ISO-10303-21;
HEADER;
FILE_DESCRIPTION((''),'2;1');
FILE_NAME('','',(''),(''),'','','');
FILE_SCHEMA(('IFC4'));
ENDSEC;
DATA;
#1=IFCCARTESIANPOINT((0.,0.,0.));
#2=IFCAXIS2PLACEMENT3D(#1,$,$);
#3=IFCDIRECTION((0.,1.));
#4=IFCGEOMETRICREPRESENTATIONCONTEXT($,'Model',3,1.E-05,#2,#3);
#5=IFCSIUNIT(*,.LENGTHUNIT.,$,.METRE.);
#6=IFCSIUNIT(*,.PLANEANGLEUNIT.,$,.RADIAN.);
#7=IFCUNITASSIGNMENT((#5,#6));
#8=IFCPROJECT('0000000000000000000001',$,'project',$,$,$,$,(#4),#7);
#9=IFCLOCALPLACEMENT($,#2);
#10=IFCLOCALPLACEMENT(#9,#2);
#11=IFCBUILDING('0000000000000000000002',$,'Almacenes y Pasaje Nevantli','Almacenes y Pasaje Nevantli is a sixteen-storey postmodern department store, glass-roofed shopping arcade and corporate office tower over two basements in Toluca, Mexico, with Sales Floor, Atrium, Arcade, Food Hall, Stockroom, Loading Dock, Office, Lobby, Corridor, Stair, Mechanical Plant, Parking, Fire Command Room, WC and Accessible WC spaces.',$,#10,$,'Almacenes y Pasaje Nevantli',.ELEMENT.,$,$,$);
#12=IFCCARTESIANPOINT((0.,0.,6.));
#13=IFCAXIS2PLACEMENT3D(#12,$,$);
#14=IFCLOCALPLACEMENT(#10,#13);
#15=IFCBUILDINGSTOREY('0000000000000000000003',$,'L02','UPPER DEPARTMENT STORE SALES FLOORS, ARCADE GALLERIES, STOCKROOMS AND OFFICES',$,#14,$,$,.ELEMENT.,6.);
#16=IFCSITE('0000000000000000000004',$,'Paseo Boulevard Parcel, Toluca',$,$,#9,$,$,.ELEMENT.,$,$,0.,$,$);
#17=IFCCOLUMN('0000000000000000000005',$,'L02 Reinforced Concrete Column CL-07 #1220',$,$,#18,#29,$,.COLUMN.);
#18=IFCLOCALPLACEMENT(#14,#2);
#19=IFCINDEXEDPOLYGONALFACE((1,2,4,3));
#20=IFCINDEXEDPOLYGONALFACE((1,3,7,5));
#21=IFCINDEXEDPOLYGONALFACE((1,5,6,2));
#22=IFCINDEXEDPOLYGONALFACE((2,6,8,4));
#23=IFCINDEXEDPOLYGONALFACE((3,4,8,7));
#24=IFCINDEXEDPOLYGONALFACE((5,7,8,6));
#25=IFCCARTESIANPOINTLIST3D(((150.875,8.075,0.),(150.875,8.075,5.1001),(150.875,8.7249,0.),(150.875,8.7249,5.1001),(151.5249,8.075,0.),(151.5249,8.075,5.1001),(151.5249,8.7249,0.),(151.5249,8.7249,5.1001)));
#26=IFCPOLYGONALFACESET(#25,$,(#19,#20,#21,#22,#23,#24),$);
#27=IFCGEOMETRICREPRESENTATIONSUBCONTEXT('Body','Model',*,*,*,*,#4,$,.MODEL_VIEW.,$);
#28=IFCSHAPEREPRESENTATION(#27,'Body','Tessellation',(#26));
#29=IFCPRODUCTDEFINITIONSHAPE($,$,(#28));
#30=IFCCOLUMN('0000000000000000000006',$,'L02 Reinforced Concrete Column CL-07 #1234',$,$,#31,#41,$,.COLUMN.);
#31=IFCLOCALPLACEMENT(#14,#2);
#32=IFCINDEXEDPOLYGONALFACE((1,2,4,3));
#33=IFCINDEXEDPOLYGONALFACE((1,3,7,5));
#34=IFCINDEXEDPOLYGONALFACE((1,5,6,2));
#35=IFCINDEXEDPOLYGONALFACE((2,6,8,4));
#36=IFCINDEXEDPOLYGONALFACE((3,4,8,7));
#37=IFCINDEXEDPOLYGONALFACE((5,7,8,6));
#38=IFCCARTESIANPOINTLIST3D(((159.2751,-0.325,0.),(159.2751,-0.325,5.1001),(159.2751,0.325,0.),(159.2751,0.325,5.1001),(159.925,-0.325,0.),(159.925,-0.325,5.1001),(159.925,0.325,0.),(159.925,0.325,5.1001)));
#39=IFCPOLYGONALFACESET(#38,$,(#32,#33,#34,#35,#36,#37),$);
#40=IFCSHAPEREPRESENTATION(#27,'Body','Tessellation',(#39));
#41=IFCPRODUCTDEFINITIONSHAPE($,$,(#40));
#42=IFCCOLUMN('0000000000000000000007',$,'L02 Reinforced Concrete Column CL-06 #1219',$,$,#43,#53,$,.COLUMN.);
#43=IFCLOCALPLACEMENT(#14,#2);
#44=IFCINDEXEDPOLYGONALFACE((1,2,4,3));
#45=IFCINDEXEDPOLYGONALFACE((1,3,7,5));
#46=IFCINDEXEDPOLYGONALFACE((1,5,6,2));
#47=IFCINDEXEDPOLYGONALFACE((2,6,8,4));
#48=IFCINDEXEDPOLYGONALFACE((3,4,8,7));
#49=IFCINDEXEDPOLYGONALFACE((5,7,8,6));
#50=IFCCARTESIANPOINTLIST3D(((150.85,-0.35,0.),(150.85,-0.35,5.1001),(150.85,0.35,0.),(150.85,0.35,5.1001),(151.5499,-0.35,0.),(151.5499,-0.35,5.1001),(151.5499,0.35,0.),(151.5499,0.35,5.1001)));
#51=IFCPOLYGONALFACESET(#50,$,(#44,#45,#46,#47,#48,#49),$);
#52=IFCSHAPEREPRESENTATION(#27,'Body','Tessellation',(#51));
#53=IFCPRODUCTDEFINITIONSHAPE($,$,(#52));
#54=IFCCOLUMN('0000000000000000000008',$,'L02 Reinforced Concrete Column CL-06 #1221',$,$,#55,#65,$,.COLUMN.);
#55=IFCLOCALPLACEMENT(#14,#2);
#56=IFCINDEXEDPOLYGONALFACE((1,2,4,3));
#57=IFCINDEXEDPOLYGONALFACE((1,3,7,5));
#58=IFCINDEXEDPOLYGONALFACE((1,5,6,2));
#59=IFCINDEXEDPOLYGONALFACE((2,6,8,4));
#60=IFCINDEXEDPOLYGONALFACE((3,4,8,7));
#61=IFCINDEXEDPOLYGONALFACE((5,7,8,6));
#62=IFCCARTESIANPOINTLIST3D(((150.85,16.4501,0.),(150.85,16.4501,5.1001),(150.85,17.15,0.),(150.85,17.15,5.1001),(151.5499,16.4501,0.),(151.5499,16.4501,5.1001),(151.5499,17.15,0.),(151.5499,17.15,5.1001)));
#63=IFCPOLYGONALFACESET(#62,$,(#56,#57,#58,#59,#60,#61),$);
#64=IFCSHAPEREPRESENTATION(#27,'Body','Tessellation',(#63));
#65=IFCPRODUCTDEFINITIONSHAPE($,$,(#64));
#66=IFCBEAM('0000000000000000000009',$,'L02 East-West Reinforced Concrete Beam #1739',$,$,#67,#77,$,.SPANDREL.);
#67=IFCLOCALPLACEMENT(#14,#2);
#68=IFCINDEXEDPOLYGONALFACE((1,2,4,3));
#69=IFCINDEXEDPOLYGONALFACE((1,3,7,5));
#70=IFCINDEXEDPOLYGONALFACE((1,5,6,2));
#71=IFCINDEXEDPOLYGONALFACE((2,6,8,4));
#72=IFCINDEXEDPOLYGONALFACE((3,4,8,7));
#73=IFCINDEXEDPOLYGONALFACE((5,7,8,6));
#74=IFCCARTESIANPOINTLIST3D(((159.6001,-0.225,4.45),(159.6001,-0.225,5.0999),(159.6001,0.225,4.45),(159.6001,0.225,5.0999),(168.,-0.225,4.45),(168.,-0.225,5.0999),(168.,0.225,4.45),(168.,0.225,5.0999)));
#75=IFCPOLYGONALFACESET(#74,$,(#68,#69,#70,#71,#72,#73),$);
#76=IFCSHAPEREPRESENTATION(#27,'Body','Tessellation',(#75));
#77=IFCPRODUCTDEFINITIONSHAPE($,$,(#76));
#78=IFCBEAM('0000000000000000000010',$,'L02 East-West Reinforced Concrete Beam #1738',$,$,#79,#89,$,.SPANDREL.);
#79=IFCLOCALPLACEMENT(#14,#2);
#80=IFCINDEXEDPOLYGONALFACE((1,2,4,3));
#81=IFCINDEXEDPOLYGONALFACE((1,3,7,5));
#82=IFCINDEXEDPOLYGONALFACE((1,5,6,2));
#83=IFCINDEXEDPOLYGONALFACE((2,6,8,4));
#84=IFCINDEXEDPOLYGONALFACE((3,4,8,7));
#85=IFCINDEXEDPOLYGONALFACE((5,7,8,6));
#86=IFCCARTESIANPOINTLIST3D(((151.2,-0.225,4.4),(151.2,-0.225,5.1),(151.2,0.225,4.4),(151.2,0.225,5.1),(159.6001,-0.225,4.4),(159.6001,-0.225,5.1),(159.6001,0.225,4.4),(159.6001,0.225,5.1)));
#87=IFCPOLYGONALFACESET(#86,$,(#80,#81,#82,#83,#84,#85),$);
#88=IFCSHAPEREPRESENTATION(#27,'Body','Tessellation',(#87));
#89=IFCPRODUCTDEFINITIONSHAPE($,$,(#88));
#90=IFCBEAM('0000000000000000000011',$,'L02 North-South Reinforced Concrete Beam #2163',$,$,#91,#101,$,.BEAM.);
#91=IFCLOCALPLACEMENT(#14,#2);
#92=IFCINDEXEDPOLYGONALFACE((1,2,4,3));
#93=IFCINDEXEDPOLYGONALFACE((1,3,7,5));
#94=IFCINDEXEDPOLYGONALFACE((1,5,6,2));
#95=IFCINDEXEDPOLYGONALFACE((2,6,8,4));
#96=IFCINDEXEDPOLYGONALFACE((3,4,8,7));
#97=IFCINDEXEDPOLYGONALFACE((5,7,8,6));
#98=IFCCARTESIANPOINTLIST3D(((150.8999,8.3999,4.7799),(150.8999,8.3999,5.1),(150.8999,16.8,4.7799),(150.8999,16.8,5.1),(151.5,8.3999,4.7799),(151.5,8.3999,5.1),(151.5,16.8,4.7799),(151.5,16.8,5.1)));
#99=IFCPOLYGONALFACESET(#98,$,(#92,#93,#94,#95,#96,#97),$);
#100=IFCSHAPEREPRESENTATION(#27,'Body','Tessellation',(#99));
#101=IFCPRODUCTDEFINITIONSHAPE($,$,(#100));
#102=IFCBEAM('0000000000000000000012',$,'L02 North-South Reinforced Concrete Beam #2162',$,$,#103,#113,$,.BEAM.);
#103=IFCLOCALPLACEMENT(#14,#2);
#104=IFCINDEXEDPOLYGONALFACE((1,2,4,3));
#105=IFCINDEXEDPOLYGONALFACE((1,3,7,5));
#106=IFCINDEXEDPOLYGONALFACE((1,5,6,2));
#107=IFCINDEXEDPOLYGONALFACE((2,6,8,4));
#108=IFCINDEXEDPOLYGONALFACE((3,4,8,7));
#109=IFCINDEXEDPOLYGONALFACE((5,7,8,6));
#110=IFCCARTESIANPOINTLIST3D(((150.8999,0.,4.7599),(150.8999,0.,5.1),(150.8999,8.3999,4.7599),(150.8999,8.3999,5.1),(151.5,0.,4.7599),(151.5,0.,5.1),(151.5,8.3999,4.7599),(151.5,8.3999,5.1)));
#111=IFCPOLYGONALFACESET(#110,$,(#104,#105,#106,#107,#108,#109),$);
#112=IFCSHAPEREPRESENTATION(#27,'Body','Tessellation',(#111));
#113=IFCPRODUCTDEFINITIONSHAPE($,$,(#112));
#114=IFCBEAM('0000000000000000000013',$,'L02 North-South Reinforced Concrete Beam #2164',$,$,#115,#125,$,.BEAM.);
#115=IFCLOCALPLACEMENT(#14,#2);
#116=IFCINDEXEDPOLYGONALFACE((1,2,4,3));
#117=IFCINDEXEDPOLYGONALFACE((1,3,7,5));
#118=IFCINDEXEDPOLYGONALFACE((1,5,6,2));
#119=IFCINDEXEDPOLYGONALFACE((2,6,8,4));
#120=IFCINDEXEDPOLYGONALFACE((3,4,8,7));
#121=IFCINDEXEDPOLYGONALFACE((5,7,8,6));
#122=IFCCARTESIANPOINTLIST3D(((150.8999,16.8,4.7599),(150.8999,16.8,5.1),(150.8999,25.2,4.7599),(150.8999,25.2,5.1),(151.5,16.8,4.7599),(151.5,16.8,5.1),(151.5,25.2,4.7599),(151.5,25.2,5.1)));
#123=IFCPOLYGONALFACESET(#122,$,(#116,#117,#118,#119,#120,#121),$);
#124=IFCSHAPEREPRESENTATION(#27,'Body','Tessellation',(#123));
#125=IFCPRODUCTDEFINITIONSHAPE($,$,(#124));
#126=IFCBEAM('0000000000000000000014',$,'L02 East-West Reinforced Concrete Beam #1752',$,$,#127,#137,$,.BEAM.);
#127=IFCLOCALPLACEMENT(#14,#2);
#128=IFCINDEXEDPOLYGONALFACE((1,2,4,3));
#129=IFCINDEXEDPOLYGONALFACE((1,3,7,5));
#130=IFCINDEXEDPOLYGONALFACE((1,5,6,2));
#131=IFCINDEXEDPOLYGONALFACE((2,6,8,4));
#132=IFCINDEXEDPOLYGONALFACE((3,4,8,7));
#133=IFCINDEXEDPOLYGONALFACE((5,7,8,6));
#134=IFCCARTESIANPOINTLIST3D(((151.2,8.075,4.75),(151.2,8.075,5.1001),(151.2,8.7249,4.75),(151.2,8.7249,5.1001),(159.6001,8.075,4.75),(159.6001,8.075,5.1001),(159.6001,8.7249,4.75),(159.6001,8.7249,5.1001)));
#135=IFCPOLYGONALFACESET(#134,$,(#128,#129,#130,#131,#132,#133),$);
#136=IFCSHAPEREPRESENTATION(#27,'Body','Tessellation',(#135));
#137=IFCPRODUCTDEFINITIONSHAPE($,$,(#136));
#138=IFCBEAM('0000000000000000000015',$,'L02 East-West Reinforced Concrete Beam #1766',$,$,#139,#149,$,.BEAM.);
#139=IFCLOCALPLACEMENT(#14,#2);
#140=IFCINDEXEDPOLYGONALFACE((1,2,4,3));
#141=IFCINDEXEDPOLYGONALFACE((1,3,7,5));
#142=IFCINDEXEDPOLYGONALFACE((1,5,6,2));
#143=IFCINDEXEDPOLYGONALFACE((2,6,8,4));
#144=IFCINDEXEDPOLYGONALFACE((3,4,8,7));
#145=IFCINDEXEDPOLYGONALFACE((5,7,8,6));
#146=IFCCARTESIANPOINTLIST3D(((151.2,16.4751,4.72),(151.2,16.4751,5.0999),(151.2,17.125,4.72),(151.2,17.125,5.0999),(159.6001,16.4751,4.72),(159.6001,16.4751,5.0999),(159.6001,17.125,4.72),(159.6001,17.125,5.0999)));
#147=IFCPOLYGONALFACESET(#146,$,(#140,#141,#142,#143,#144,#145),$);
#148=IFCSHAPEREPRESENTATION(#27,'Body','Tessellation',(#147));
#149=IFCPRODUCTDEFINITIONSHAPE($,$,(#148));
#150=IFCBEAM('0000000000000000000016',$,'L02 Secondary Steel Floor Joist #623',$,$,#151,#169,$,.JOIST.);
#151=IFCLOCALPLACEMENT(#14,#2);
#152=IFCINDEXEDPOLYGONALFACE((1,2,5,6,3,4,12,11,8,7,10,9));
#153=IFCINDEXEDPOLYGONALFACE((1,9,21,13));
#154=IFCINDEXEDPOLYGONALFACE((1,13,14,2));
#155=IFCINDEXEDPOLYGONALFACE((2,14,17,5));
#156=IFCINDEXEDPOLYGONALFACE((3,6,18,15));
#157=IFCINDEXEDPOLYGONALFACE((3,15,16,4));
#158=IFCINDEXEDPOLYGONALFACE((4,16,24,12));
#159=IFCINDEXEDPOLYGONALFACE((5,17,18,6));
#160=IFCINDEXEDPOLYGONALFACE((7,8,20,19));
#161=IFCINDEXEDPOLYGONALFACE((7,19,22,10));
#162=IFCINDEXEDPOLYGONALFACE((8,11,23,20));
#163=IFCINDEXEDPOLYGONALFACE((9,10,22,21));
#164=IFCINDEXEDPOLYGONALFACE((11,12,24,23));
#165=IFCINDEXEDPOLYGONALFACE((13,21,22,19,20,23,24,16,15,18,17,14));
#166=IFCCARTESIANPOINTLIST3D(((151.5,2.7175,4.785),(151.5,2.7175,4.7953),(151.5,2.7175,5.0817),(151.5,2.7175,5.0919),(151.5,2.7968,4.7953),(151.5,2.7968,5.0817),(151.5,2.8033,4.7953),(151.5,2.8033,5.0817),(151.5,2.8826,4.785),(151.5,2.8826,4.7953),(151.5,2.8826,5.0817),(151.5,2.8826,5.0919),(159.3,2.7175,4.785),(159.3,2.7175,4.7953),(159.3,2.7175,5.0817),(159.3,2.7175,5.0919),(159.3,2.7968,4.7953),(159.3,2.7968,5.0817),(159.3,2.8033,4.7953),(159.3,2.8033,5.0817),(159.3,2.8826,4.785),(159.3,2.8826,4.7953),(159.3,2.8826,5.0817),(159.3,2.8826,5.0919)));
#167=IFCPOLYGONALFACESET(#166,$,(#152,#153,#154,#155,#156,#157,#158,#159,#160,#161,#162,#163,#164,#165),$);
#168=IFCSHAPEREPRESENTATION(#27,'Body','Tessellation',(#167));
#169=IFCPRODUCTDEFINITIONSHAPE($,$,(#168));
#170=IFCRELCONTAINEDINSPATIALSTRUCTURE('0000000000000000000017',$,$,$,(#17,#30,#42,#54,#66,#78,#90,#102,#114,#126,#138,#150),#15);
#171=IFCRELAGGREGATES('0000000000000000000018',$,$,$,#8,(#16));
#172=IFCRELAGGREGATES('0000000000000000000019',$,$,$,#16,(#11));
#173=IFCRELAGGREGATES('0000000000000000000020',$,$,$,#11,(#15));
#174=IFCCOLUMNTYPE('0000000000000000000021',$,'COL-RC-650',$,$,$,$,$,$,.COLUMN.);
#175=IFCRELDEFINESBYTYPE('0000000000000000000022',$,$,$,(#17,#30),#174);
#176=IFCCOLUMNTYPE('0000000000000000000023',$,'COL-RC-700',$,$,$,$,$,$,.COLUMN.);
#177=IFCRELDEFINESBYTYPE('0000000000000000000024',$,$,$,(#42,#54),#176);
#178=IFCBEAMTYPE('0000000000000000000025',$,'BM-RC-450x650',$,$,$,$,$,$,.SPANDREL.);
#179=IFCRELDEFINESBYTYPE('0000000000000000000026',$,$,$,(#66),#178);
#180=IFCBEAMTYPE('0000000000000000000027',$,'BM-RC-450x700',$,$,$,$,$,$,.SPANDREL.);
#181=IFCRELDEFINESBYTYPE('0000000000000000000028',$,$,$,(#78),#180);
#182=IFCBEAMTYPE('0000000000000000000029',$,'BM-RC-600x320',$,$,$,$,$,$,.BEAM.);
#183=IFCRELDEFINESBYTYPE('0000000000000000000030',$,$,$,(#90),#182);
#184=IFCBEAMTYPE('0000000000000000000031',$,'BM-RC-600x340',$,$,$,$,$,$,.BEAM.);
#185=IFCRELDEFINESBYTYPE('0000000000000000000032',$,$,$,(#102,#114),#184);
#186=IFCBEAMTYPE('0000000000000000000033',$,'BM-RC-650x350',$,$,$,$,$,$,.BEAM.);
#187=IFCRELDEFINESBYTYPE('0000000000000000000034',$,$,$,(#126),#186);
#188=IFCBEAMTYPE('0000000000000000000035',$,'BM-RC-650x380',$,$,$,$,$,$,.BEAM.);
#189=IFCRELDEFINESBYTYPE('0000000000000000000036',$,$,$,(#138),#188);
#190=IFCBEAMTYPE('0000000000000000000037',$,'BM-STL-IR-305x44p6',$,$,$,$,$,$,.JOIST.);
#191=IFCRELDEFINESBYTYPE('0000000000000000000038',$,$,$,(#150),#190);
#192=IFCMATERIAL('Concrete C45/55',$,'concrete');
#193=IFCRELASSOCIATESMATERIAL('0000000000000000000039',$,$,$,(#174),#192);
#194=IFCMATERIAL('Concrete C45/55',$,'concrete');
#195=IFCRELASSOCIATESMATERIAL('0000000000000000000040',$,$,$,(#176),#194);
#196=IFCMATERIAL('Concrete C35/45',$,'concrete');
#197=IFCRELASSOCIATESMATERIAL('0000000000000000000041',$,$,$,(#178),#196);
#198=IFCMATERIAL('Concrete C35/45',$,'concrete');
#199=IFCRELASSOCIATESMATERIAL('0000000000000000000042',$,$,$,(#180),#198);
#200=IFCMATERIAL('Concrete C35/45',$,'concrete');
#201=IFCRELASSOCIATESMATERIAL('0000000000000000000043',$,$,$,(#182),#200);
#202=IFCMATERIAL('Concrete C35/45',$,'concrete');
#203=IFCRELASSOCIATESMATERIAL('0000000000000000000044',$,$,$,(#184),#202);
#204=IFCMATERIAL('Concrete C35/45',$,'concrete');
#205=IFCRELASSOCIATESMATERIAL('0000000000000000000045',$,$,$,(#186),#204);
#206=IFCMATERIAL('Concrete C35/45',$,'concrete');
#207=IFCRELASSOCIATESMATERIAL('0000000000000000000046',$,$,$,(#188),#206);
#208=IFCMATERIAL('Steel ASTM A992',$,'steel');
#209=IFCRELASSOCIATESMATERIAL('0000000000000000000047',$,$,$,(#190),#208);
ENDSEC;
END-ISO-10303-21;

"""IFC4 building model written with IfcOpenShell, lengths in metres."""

from ifc_helpers import new_model, si_unit, direction, frame, origin, origin_2d, place, context, subcontext, project, spatial, rectangle, i_section, extrude, material, material_profile, profile_set, type_object, element, save


model = new_model("IFC4")

# Units and contexts
model_context = context("Model", 3, precision=1e-05, world=origin(), true_north=direction((0.0, 1.0)))
body_context = subcontext(model_context, "Body", "Model", "MODEL_VIEW")
ifc_project = project(units=[si_unit("LENGTHUNIT", "METRE"), si_unit("PLANEANGLEUNIT", "RADIAN")], contexts=[model_context])

# Site, building, storey
site_placement = place(None, origin())
site = spatial("IfcSite", under=ifc_project, at=site_placement, Name="Paseo Boulevard Parcel, Toluca", CompositionType="ELEMENT", RefElevation=0.0)
building_placement = place(site_placement, origin())
building = spatial("IfcBuilding", under=site, at=building_placement, Name="Almacenes y Pasaje Nevantli", Description="Almacenes y Pasaje Nevantli is a sixteen-storey postmodern department store, glass-roofed shopping arcade and corporate office tower over two basements in Toluca, Mexico, with Sales Floor, Atrium, Arcade, Food Hall, Stockroom, Loading Dock, Office, Lobby, Corridor, Stair, Mechanical Plant, Parking, Fire Command Room, WC and Accessible WC spaces.", LongName="Almacenes y Pasaje Nevantli", CompositionType="ELEMENT")
storey_placement = place(building_placement, frame((0.0, 0.0, 6.0)))
storey = spatial("IfcBuildingStorey", under=building, at=storey_placement, Name="L02", Description="UPPER DEPARTMENT STORE SALES FLOORS, ARCADE GALLERIES, STOCKROOMS AND OFFICES", CompositionType="ELEMENT", Elevation=6.0)

# Columns
ifc_material_1 = material(Name="Concrete C45/55", Category="concrete")
ifc_material_profile_1 = material_profile(ifc_material_1, rectangle(XDim=0.6499, YDim=0.6499, at=origin_2d()), Name="RC-COL-650x650")
ifc_profile_set_1 = profile_set([ifc_material_profile_1], Name="Concrete C45/55")
column_type_1 = type_object("IfcColumnType", Name="COL-RC-650", PredefinedType="COLUMN", material=ifc_profile_set_1)
for number, where, z_axis, x_axis, name in (
    (1, (151.2, 8.3999, 0.0), (0.0, 0.0, 1.0), (1.0, 0.0, 0.0), "L02 Reinforced Concrete Column CL-07 #1220"),
    (2, (159.6001, 0.0, 0.0), (0.0, 0.0, 1.0), (1.0, 0.0, 0.0), "L02 Reinforced Concrete Column CL-07 #1234"),
):
    element("IfcColumn", number, at=place(storey_placement, frame(where, z_axis=z_axis, x_axis=x_axis)), inside=storey, type_object=column_type_1, Name=name, PredefinedType="COLUMN", context=body_context, shape_type="SweptSolid", body=[
        extrude(rectangle(XDim=0.6499, YDim=0.6499, at=origin_2d()), origin(), (0.0, 0.0, 1.0), 5.1001),
    ])
ifc_material_2 = material(Name="Concrete C45/55", Category="concrete")
ifc_material_profile_2 = material_profile(ifc_material_2, rectangle(XDim=0.7, YDim=0.7, at=origin_2d()), Name="RC-COL-700x700")
ifc_profile_set_2 = profile_set([ifc_material_profile_2], Name="Concrete C45/55")
column_type_2 = type_object("IfcColumnType", Name="COL-RC-700", PredefinedType="COLUMN", material=ifc_profile_set_2)
for number, where, z_axis, x_axis, name in (
    (3, (151.2, 0.0, 0.0), (0.0, 0.0, 1.0), (1.0, 0.0, 0.0), "L02 Reinforced Concrete Column CL-06 #1219"),
    (4, (151.2, 16.8, 0.0), (0.0, 0.0, 1.0), (1.0, 0.0, 0.0), "L02 Reinforced Concrete Column CL-06 #1221"),
):
    element("IfcColumn", number, at=place(storey_placement, frame(where, z_axis=z_axis, x_axis=x_axis)), inside=storey, type_object=column_type_2, Name=name, PredefinedType="COLUMN", context=body_context, shape_type="SweptSolid", body=[
        extrude(rectangle(XDim=0.7, YDim=0.7, at=origin_2d()), origin(), (0.0, 0.0, 1.0), 5.1001),
    ])

# Beams
ifc_material_3 = material(Name="Concrete C35/45", Category="concrete")
ifc_material_profile_3 = material_profile(ifc_material_3, rectangle(XDim=0.45, YDim=0.6499, at=origin_2d()), Name="RC-BM-450x650")
ifc_profile_set_3 = profile_set([ifc_material_profile_3], Name="Concrete C35/45")
beam_type_1 = type_object("IfcBeamType", Name="BM-RC-450x650", PredefinedType="SPANDREL", material=ifc_profile_set_3)
beam_1_placement = place(storey_placement, frame((159.6001, 0.0, 4.7749), z_axis=(1.0, 0.0, 0.0), x_axis=(0.0, 1.0, 0.0)))
element("IfcBeam", 5, at=beam_1_placement, inside=storey, type_object=beam_type_1, Name="L02 East-West Reinforced Concrete Beam #1739", PredefinedType="SPANDREL", context=body_context, shape_type="SweptSolid", body=[
    extrude(rectangle(XDim=0.45, YDim=0.6499, at=origin_2d()), origin(), (0.0, 0.0, 1.0), 8.3999),
])
ifc_material_4 = material(Name="Concrete C35/45", Category="concrete")
ifc_material_profile_4 = material_profile(ifc_material_4, rectangle(XDim=0.45, YDim=0.7, at=origin_2d()), Name="RC-BM-450x700")
ifc_profile_set_4 = profile_set([ifc_material_profile_4], Name="Concrete C35/45")
beam_type_2 = type_object("IfcBeamType", Name="BM-RC-450x700", PredefinedType="SPANDREL", material=ifc_profile_set_4)
beam_2_placement = place(storey_placement, frame((151.2, 0.0, 4.75), z_axis=(1.0, 0.0, 0.0), x_axis=(0.0, 1.0, 0.0)))
element("IfcBeam", 6, at=beam_2_placement, inside=storey, type_object=beam_type_2, Name="L02 East-West Reinforced Concrete Beam #1738", PredefinedType="SPANDREL", context=body_context, shape_type="SweptSolid", body=[
    extrude(rectangle(XDim=0.45, YDim=0.7, at=origin_2d()), origin(), (0.0, 0.0, 1.0), 8.4001),
])
ifc_material_5 = material(Name="Concrete C35/45", Category="concrete")
ifc_material_profile_5 = material_profile(ifc_material_5, rectangle(XDim=0.6001, YDim=0.3201, at=origin_2d()), Name="RC-BM-600x320")
ifc_profile_set_5 = profile_set([ifc_material_profile_5], Name="Concrete C35/45")
beam_type_3 = type_object("IfcBeamType", Name="BM-RC-600x320", PredefinedType="BEAM", material=ifc_profile_set_5)
beam_3_placement = place(storey_placement, frame((151.2, 8.3999, 4.9399), z_axis=(0.0, 1.0, 0.0), x_axis=(-1.0, 0.0, 0.0)))
element("IfcBeam", 7, at=beam_3_placement, inside=storey, type_object=beam_type_3, Name="L02 North-South Reinforced Concrete Beam #2163", PredefinedType="BEAM", context=body_context, shape_type="SweptSolid", body=[
    extrude(rectangle(XDim=0.6001, YDim=0.3201, at=origin_2d()), origin(), (0.0, 0.0, 1.0), 8.4001),
])
ifc_material_6 = material(Name="Concrete C35/45", Category="concrete")
ifc_material_profile_6 = material_profile(ifc_material_6, rectangle(XDim=0.6001, YDim=0.3401, at=origin_2d()), Name="RC-BM-600x340")
ifc_profile_set_6 = profile_set([ifc_material_profile_6], Name="Concrete C35/45")
beam_type_4 = type_object("IfcBeamType", Name="BM-RC-600x340", PredefinedType="BEAM", material=ifc_profile_set_6)
for number, where, z_axis, x_axis, name in (
    (8, (151.2, 0.0, 4.9299), (0.0, 1.0, 0.0), (-1.0, 0.0, 0.0), "L02 North-South Reinforced Concrete Beam #2162"),
    (9, (151.2, 16.8, 4.9299), (0.0, 1.0, 0.0), (-1.0, 0.0, 0.0), "L02 North-South Reinforced Concrete Beam #2164"),
):
    element("IfcBeam", number, at=place(storey_placement, frame(where, z_axis=z_axis, x_axis=x_axis)), inside=storey, type_object=beam_type_4, Name=name, PredefinedType="BEAM", context=body_context, shape_type="SweptSolid", body=[
        extrude(rectangle(XDim=0.6001, YDim=0.3401, at=origin_2d()), origin(), (0.0, 0.0, 1.0), 8.3999),
    ])
ifc_material_7 = material(Name="Concrete C35/45", Category="concrete")
ifc_material_profile_7 = material_profile(ifc_material_7, rectangle(XDim=0.6499, YDim=0.3501, at=origin_2d()), Name="RC-BM-650x350")
ifc_profile_set_7 = profile_set([ifc_material_profile_7], Name="Concrete C35/45")
beam_type_5 = type_object("IfcBeamType", Name="BM-RC-650x350", PredefinedType="BEAM", material=ifc_profile_set_7)
beam_4_placement = place(storey_placement, frame((151.2, 8.3999, 4.925), z_axis=(1.0, 0.0, 0.0), x_axis=(0.0, 1.0, 0.0)))
element("IfcBeam", 10, at=beam_4_placement, inside=storey, type_object=beam_type_5, Name="L02 East-West Reinforced Concrete Beam #1752", PredefinedType="BEAM", context=body_context, shape_type="SweptSolid", body=[
    extrude(rectangle(XDim=0.6499, YDim=0.3501, at=origin_2d()), origin(), (0.0, 0.0, 1.0), 8.4001),
])
ifc_material_8 = material(Name="Concrete C35/45", Category="concrete")
ifc_material_profile_8 = material_profile(ifc_material_8, rectangle(XDim=0.6499, YDim=0.3799, at=origin_2d()), Name="RC-BM-650x380")
ifc_profile_set_8 = profile_set([ifc_material_profile_8], Name="Concrete C35/45")
beam_type_6 = type_object("IfcBeamType", Name="BM-RC-650x380", PredefinedType="BEAM", material=ifc_profile_set_8)
beam_5_placement = place(storey_placement, frame((151.2, 16.8, 4.9099), z_axis=(1.0, 0.0, 0.0), x_axis=(0.0, 1.0, 0.0)))
element("IfcBeam", 11, at=beam_5_placement, inside=storey, type_object=beam_type_6, Name="L02 East-West Reinforced Concrete Beam #1766", PredefinedType="BEAM", context=body_context, shape_type="SweptSolid", body=[
    extrude(rectangle(XDim=0.6499, YDim=0.3799, at=origin_2d()), origin(), (0.0, 0.0, 1.0), 8.4001),
])
ifc_material_9 = material(Name="Steel ASTM A992", Category="steel")
ifc_material_profile_9 = material_profile(ifc_material_9, i_section(OverallWidth=0.165, OverallDepth=0.3069, WebThickness=0.0066, FlangeThickness=0.0103, at=origin_2d()), Name="IR 305x44.6")
ifc_profile_set_9 = profile_set([ifc_material_profile_9], Name="Steel ASTM A992")
beam_type_7 = type_object("IfcBeamType", Name="BM-STL-IR-305x44p6", PredefinedType="JOIST", material=ifc_profile_set_9)
for number, where, z_axis, x_axis, name in (
    (12, (151.5, 2.8, 4.9385), (1.0, 0.0, 0.0), (0.0, 1.0, 0.0), "L02 Secondary Steel Floor Joist #623"),
):
    element("IfcBeam", number, at=place(storey_placement, frame(where, z_axis=z_axis, x_axis=x_axis)), inside=storey, type_object=beam_type_7, Name=name, PredefinedType="JOIST", context=body_context, shape_type="SweptSolid", body=[
        extrude(i_section(OverallWidth=0.165, OverallDepth=0.3069, WebThickness=0.0066, FlangeThickness=0.0103, at=origin_2d()), origin(), (0.0, 0.0, 1.0), 7.8),
    ])

save(model, "model.ifc")
